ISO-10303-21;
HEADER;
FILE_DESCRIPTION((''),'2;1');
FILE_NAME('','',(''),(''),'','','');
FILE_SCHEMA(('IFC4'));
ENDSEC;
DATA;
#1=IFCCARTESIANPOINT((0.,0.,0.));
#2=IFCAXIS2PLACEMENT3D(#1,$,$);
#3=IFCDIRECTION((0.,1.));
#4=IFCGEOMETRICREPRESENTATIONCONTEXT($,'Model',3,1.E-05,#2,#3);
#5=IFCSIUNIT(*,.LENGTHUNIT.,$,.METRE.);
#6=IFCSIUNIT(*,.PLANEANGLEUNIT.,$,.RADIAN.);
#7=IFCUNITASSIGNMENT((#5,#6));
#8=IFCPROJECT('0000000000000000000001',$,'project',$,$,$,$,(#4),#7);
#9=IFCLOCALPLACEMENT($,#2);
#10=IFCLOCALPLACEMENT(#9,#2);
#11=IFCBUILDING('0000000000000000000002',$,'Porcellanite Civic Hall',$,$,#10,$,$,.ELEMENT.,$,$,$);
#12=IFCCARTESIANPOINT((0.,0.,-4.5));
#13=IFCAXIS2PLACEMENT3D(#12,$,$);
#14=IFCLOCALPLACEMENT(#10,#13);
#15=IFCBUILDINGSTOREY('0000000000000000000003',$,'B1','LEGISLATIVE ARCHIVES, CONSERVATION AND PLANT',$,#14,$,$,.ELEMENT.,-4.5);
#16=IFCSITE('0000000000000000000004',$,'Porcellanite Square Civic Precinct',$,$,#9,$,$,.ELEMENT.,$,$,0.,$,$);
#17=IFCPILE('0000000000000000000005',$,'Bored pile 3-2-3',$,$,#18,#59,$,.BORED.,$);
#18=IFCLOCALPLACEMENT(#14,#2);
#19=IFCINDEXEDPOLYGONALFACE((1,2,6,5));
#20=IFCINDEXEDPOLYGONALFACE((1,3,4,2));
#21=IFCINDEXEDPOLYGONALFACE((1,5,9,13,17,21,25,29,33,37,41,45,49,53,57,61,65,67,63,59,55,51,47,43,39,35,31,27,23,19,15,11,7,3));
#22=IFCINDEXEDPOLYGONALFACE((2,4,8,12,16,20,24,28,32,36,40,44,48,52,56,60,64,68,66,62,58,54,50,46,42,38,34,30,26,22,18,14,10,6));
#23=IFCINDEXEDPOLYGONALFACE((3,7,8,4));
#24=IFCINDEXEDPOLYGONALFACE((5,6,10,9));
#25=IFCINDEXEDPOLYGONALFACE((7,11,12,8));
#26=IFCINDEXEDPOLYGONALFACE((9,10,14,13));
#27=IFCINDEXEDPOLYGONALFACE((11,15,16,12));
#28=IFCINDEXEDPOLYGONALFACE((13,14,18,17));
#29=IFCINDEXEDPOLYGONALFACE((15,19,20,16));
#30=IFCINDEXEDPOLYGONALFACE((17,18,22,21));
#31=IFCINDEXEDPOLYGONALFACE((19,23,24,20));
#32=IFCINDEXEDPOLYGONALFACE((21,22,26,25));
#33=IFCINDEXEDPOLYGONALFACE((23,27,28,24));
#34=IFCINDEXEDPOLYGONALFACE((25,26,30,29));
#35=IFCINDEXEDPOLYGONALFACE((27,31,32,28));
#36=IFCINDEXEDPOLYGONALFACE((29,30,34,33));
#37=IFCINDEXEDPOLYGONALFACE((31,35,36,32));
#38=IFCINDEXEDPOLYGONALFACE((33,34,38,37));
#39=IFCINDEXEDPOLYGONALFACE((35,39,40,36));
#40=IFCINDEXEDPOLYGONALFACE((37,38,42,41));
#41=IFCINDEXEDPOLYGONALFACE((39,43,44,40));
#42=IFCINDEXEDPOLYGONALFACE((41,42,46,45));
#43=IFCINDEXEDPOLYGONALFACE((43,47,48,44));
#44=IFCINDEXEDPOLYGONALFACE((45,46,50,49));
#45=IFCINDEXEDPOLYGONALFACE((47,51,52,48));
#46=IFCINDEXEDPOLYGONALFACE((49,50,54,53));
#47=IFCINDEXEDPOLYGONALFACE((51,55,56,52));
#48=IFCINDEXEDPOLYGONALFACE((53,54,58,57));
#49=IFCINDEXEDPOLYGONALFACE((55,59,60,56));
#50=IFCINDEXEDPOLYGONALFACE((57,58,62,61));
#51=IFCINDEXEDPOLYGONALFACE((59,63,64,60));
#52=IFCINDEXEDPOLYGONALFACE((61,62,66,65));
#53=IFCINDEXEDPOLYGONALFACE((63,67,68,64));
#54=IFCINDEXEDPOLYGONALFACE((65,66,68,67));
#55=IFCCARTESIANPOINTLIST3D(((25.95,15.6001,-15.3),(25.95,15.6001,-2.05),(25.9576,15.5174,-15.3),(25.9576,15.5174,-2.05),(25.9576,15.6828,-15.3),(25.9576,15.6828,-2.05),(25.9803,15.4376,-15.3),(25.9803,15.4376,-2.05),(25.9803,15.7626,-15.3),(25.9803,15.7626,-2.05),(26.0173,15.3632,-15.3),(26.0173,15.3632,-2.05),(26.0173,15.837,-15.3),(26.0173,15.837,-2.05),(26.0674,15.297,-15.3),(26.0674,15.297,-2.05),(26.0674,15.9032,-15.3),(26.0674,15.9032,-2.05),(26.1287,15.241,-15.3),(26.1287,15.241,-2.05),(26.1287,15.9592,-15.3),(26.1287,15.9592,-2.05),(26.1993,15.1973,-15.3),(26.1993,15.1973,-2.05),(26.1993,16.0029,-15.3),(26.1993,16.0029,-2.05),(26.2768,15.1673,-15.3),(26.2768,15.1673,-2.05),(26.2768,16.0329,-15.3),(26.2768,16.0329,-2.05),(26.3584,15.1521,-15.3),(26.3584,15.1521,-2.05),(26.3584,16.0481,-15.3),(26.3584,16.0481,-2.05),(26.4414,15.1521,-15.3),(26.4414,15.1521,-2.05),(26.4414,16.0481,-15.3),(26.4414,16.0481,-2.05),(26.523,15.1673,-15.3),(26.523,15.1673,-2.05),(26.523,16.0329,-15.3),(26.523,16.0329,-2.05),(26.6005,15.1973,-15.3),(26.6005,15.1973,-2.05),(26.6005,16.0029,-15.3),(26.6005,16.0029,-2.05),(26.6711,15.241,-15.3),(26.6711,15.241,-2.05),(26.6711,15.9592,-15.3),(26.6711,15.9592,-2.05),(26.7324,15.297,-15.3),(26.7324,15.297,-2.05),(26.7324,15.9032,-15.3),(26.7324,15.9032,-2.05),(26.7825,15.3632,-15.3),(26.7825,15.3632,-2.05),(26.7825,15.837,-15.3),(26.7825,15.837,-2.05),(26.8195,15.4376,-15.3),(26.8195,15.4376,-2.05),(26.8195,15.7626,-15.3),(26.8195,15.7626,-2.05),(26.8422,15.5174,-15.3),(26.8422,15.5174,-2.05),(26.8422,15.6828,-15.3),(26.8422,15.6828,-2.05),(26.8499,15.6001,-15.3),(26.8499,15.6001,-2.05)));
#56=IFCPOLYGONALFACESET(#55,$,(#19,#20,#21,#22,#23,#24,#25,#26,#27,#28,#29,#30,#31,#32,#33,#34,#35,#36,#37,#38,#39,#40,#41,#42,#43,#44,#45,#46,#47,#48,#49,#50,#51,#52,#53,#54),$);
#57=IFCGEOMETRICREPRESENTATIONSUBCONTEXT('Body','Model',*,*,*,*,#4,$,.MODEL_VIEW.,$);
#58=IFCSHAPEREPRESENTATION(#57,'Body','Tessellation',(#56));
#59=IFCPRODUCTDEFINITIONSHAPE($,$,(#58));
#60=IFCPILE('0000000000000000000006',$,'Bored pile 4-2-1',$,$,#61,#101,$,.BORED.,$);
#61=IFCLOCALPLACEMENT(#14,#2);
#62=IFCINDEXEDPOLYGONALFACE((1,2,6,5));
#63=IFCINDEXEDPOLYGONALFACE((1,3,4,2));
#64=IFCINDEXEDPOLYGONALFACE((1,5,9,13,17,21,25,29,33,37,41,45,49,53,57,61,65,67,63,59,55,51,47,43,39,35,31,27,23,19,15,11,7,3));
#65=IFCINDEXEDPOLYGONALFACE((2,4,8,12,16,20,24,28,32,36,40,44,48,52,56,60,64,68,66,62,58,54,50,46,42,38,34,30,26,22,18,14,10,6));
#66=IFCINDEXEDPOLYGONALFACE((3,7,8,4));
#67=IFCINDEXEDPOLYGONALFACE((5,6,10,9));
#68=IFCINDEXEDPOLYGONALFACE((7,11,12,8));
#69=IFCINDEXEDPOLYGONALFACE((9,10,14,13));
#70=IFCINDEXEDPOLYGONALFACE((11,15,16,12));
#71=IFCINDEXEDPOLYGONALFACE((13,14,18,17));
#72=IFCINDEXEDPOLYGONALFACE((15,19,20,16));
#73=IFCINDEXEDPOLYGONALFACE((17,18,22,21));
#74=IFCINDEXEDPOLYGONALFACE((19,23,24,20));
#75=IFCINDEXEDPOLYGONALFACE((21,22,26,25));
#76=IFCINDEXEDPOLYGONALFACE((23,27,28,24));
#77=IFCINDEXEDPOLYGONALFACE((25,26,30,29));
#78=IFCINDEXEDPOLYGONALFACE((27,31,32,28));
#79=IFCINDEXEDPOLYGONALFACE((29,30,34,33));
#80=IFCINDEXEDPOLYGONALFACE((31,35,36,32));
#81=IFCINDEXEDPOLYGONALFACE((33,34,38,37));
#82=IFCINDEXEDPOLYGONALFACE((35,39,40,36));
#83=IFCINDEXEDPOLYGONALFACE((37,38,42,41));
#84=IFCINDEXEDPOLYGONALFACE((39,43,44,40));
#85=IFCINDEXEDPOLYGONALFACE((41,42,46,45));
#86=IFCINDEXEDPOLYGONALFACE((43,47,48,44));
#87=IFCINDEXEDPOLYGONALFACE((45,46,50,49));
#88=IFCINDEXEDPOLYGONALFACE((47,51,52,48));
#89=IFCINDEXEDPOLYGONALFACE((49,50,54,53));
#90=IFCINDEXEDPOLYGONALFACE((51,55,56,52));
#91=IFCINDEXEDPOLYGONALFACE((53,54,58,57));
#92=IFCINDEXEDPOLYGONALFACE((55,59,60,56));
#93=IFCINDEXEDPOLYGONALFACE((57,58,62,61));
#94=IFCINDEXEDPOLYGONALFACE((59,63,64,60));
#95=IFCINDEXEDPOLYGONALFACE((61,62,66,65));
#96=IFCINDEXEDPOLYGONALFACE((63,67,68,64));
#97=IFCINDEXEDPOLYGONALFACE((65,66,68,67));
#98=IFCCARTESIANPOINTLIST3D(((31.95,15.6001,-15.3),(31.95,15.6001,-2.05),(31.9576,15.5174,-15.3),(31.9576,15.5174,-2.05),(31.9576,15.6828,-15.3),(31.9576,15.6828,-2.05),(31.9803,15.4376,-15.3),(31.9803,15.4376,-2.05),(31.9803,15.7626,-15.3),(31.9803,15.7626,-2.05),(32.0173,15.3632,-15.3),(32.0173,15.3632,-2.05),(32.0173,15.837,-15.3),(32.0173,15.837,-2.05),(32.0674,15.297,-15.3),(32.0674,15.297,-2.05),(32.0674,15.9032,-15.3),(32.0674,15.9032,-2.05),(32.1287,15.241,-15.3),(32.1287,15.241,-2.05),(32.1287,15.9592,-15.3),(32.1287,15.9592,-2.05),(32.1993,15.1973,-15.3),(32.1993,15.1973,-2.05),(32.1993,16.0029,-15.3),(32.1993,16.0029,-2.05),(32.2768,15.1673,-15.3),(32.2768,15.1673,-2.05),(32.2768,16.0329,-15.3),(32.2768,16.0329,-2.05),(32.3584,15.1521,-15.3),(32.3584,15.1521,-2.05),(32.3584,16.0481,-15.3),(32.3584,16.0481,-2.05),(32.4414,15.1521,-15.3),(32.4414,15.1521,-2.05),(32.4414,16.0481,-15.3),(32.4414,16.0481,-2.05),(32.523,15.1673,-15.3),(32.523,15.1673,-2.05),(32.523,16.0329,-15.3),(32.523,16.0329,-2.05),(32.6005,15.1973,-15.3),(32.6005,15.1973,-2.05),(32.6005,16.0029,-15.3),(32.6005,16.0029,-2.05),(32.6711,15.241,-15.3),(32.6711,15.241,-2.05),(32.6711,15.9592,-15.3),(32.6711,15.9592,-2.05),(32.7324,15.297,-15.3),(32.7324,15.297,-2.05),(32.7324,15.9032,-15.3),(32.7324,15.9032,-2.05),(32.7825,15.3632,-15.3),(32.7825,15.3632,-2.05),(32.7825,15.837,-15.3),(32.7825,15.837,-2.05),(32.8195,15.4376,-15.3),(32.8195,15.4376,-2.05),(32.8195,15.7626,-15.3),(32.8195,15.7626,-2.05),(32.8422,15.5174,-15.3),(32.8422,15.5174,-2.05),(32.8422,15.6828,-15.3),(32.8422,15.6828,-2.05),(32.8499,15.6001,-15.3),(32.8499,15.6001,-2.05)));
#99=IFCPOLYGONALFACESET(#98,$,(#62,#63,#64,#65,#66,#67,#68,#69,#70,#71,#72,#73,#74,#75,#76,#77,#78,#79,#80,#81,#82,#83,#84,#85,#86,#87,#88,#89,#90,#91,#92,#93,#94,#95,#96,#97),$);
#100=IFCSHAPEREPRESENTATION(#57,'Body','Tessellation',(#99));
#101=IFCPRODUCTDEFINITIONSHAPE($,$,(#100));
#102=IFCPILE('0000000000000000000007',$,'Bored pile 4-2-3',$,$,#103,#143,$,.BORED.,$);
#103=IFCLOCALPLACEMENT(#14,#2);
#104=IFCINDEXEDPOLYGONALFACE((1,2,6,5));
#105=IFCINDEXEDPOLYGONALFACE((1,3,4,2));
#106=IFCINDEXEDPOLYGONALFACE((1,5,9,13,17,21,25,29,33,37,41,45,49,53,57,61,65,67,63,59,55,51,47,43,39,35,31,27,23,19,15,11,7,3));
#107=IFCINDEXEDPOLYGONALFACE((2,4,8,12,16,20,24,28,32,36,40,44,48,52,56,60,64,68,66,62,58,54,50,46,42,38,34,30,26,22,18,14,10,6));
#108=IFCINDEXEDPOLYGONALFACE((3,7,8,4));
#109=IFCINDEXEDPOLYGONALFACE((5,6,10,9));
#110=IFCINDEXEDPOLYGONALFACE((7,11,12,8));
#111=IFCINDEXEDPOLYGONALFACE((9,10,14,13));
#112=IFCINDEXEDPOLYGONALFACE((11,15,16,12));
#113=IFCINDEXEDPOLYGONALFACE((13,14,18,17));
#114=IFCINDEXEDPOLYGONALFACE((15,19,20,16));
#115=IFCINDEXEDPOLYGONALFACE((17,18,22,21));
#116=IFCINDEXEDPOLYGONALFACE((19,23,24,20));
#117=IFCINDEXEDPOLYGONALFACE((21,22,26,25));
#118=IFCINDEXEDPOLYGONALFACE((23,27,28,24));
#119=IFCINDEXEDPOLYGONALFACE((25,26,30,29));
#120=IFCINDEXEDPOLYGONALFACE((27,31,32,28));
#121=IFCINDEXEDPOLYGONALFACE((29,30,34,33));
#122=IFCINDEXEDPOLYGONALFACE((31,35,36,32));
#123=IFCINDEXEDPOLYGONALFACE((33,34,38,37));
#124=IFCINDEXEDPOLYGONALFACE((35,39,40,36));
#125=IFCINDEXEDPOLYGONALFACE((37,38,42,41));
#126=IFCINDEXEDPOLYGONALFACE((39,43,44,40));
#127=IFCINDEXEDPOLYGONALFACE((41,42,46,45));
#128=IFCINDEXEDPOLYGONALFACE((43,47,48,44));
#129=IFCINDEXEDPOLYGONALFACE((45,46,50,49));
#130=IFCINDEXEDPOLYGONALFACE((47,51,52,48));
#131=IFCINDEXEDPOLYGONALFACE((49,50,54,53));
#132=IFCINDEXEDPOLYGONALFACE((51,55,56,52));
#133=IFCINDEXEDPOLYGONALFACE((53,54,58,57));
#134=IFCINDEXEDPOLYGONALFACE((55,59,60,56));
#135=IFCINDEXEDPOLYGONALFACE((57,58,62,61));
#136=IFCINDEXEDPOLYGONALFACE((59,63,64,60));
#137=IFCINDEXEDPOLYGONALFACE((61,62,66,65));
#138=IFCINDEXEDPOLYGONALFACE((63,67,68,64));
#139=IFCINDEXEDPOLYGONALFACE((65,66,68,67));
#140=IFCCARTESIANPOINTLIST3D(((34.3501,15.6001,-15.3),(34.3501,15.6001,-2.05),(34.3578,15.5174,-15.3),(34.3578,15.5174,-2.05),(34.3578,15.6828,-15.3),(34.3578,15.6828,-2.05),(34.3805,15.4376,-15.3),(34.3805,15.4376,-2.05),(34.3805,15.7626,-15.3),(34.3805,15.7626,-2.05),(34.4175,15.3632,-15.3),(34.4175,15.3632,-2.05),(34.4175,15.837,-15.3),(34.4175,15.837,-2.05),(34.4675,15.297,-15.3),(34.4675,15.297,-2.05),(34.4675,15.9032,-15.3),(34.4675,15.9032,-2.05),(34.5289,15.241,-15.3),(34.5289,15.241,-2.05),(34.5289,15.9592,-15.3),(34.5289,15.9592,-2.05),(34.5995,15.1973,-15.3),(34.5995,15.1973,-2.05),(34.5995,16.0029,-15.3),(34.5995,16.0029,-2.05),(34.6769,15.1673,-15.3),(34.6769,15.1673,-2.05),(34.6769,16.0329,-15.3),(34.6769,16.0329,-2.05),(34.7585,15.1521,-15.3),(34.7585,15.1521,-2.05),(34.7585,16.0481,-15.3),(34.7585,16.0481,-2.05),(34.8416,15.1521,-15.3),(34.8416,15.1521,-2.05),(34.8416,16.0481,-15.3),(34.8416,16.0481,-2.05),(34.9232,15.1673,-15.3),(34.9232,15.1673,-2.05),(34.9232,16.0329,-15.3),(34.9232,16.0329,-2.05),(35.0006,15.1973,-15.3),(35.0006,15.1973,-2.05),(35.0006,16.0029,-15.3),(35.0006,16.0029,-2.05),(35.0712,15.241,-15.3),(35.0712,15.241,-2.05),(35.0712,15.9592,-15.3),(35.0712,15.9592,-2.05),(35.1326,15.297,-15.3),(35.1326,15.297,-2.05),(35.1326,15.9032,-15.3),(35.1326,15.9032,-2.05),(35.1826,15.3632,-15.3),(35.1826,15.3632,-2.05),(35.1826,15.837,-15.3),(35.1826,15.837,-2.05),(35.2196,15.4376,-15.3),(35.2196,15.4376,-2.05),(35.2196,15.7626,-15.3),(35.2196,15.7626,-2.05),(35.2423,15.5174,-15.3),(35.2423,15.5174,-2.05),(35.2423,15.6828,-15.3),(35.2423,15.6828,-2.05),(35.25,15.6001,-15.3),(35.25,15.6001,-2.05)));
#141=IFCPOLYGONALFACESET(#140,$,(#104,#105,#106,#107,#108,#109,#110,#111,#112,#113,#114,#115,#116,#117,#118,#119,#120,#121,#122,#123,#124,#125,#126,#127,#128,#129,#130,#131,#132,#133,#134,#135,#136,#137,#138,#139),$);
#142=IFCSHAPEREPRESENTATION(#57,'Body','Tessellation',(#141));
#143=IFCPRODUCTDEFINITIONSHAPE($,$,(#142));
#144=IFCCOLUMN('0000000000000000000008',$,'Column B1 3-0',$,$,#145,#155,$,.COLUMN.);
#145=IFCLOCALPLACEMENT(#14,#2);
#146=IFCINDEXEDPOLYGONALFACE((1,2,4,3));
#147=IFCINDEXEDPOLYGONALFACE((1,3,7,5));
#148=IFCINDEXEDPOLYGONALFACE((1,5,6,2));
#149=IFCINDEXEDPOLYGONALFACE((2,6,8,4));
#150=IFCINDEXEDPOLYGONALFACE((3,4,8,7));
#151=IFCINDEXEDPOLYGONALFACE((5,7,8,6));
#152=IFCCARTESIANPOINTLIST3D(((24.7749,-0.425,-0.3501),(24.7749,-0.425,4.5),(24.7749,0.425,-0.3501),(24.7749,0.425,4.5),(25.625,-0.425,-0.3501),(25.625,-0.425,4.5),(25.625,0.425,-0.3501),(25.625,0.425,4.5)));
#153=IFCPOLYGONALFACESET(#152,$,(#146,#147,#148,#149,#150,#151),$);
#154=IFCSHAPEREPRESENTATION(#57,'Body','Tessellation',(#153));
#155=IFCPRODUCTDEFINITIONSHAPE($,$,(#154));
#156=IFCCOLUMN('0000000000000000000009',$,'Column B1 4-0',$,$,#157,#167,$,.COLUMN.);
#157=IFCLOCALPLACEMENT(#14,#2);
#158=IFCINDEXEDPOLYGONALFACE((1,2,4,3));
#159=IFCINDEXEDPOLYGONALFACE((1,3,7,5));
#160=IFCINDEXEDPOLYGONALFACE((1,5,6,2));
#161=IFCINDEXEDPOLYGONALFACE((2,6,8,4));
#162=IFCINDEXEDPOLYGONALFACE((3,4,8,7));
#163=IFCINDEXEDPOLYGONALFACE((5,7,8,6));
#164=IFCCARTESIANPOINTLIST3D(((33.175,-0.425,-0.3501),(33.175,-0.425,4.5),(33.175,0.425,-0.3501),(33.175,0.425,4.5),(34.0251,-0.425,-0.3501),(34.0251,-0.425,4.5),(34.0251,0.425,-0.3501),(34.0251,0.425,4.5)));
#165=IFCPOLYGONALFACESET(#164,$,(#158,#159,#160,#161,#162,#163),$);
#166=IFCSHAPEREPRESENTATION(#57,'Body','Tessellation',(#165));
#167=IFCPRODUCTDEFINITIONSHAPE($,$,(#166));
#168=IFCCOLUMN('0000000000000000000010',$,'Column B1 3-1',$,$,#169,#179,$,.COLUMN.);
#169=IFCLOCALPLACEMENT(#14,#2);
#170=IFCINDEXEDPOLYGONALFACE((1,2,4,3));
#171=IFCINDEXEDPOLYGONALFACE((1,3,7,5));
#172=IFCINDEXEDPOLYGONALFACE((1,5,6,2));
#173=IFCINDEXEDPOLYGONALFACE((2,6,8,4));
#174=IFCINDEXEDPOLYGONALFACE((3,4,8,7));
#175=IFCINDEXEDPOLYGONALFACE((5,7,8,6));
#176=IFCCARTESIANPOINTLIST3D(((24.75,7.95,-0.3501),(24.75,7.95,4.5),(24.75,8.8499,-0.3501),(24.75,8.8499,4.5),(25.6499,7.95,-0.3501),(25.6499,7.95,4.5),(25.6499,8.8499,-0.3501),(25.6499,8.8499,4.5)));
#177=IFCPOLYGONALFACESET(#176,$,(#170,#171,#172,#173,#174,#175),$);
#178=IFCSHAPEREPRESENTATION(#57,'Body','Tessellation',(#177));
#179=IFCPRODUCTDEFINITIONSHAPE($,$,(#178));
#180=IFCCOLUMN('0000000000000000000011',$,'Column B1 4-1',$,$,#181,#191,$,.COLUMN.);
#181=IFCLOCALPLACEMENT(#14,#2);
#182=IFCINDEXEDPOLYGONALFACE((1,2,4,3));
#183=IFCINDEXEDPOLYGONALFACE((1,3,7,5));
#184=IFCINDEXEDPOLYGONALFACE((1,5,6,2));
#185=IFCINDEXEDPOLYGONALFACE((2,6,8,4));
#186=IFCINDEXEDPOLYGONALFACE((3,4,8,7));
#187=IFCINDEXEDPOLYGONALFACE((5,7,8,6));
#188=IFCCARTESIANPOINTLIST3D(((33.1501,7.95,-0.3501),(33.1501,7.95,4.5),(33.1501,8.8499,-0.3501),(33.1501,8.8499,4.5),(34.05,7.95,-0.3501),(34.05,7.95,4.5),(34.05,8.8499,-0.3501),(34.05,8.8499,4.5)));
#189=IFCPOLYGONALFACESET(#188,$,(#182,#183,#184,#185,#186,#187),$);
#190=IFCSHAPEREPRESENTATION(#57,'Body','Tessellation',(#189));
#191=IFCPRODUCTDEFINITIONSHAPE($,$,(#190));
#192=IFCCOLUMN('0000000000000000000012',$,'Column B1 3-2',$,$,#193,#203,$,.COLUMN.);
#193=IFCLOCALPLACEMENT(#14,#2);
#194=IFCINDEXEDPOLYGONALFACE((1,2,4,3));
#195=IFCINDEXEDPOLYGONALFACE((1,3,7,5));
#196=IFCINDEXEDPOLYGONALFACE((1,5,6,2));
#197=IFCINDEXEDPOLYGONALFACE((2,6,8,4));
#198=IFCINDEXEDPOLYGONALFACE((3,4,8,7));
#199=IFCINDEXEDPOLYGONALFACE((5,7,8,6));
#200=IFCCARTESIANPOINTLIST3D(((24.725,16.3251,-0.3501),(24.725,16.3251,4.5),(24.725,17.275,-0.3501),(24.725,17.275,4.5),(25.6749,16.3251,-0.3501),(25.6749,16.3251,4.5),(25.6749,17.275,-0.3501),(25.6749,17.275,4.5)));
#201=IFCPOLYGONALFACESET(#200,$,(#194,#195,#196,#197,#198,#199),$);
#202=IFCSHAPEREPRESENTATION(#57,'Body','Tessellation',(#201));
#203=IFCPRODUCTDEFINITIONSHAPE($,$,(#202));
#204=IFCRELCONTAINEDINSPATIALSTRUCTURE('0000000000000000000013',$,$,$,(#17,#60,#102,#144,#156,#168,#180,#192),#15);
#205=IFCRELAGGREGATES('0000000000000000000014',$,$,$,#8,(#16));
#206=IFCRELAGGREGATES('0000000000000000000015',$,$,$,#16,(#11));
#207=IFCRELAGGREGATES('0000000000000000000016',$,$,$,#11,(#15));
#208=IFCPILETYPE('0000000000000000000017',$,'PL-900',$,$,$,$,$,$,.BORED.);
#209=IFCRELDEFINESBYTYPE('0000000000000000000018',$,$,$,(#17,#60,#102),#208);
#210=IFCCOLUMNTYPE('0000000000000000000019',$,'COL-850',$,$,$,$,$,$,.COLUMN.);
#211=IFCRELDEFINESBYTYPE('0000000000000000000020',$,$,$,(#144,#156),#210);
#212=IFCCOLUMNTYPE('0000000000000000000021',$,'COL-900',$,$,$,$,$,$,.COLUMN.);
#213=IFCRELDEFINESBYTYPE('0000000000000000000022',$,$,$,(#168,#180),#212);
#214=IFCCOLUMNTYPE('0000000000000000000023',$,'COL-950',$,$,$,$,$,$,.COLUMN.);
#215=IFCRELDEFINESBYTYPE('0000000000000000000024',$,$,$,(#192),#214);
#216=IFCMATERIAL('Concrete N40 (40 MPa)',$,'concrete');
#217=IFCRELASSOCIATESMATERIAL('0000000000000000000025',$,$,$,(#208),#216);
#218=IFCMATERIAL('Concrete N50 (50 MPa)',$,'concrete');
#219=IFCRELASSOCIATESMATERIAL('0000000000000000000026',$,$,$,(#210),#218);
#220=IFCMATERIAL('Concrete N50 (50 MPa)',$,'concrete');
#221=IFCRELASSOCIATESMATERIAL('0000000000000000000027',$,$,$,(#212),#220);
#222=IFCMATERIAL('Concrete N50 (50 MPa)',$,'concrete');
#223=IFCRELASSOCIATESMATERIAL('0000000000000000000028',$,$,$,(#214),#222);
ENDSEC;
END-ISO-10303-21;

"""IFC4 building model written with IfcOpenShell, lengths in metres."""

from ifc_helpers import new_model, si_unit, direction, frame, origin, origin_2d, place, context, subcontext, project, spatial, rectangle, circle, extrude, material, material_profile, profile_set, type_object, element, save


model = new_model("IFC4")

# Units and contexts
model_context = context("Model", 3, precision=1e-05, world=origin(), true_north=direction((0.0, 1.0)))
body_context = subcontext(model_context, "Body", "Model", "MODEL_VIEW")
ifc_project = project(units=[si_unit("LENGTHUNIT", "METRE"), si_unit("PLANEANGLEUNIT", "RADIAN")], contexts=[model_context])

# Site, building, storey
site_placement = place(None, origin())
site = spatial("IfcSite", under=ifc_project, at=site_placement, Name="Porcellanite Square Civic Precinct", CompositionType="ELEMENT", RefElevation=0.0)
building_placement = place(site_placement, origin())
building = spatial("IfcBuilding", under=site, at=building_placement, Name="Porcellanite Civic Hall", CompositionType="ELEMENT")
storey_placement = place(building_placement, frame((0.0, 0.0, -4.5)))
storey = spatial("IfcBuildingStorey", under=building, at=storey_placement, Name="B1", Description="LEGISLATIVE ARCHIVES, CONSERVATION AND PLANT", CompositionType="ELEMENT", Elevation=-4.5)

# Piles
ifc_material_1 = material(Name="Concrete N40 (40 MPa)", Category="concrete")
ifc_material_profile_1 = material_profile(ifc_material_1, circle(Radius=0.45, at=origin_2d()), Name="PILE-D900")
ifc_profile_set_1 = profile_set([ifc_material_profile_1], Name="Concrete N40 (40 MPa)")
pile_type_1 = type_object("IfcPileType", Name="PL-900", PredefinedType="BORED", material=ifc_profile_set_1)
for number, where, z_axis, x_axis, name in (
    (1, (26.3999, 15.6001, -2.05), (0.0, 0.0, -1.0), (1.0, 0.0, 0.0), "Bored pile 3-2-3"),
    (2, (32.3999, 15.6001, -2.05), (0.0, 0.0, -1.0), (1.0, 0.0, 0.0), "Bored pile 4-2-1"),
    (3, (34.8, 15.6001, -2.05), (0.0, 0.0, -1.0), (1.0, 0.0, 0.0), "Bored pile 4-2-3"),
):
    element("IfcPile", number, at=place(storey_placement, frame(where, z_axis=z_axis, x_axis=x_axis)), inside=storey, type_object=pile_type_1, Name=name, PredefinedType="BORED", context=body_context, shape_type="SweptSolid", body=[
        extrude(circle(Radius=0.45, at=origin_2d()), origin(), (0.0, 0.0, 1.0), 13.25),
    ])

# Columns
ifc_material_2 = material(Name="Concrete N50 (50 MPa)", Category="concrete")
ifc_material_profile_2 = material_profile(ifc_material_2, rectangle(XDim=0.8501, YDim=0.8501, at=origin_2d()), Name="RC-850x850")
ifc_profile_set_2 = profile_set([ifc_material_profile_2], Name="Concrete N50 (50 MPa)")
column_type_1 = type_object("IfcColumnType", Name="COL-850", PredefinedType="COLUMN", material=ifc_profile_set_2)
for number, where, z_axis, x_axis, name in (
    (4, (25.2, 0.0, -0.3501), (0.0, 0.0, 1.0), (1.0, 0.0, 0.0), "Column B1 3-0"),
    (5, (33.6001, 0.0, -0.3501), (0.0, 0.0, 1.0), (1.0, 0.0, 0.0), "Column B1 4-0"),
):
    element("IfcColumn", number, at=place(storey_placement, frame(where, z_axis=z_axis, x_axis=x_axis)), inside=storey, type_object=column_type_1, Name=name, PredefinedType="COLUMN", context=body_context, shape_type="SweptSolid", body=[
        extrude(rectangle(XDim=0.8501, YDim=0.8501, at=origin_2d()), origin(), (0.0, 0.0, 1.0), 4.8501),
    ])
ifc_material_3 = material(Name="Concrete N50 (50 MPa)", Category="concrete")
ifc_material_profile_3 = material_profile(ifc_material_3, rectangle(XDim=0.8999, YDim=0.8999, at=origin_2d()), Name="RC-900x900")
ifc_profile_set_3 = profile_set([ifc_material_profile_3], Name="Concrete N50 (50 MPa)")
column_type_2 = type_object("IfcColumnType", Name="COL-900", PredefinedType="COLUMN", material=ifc_profile_set_3)
for number, where, z_axis, x_axis, name in (
    (6, (25.2, 8.3999, -0.3501), (0.0, 0.0, 1.0), (1.0, 0.0, 0.0), "Column B1 3-1"),
    (7, (33.6001, 8.3999, -0.3501), (0.0, 0.0, 1.0), (1.0, 0.0, 0.0), "Column B1 4-1"),
):
    element("IfcColumn", number, at=place(storey_placement, frame(where, z_axis=z_axis, x_axis=x_axis)), inside=storey, type_object=column_type_2, Name=name, PredefinedType="COLUMN", context=body_context, shape_type="SweptSolid", body=[
        extrude(rectangle(XDim=0.8999, YDim=0.8999, at=origin_2d()), origin(), (0.0, 0.0, 1.0), 4.8501),
    ])
ifc_material_4 = material(Name="Concrete N50 (50 MPa)", Category="concrete")
ifc_material_profile_4 = material_profile(ifc_material_4, rectangle(XDim=0.95, YDim=0.95, at=origin_2d()), Name="RC-950x950")
ifc_profile_set_4 = profile_set([ifc_material_profile_4], Name="Concrete N50 (50 MPa)")
column_type_3 = type_object("IfcColumnType", Name="COL-950", PredefinedType="COLUMN", material=ifc_profile_set_4)
column_placement = place(storey_placement, frame((25.2, 16.8, -0.3501), z_axis=(0.0, 0.0, 1.0), x_axis=(1.0, 0.0, 0.0)))
element("IfcColumn", 8, at=column_placement, inside=storey, type_object=column_type_3, Name="Column B1 3-2", PredefinedType="COLUMN", context=body_context, shape_type="SweptSolid", body=[
    extrude(rectangle(XDim=0.95, YDim=0.95, at=origin_2d()), origin(), (0.0, 0.0, 1.0), 4.8501),
])

save(model, "model.ifc")
